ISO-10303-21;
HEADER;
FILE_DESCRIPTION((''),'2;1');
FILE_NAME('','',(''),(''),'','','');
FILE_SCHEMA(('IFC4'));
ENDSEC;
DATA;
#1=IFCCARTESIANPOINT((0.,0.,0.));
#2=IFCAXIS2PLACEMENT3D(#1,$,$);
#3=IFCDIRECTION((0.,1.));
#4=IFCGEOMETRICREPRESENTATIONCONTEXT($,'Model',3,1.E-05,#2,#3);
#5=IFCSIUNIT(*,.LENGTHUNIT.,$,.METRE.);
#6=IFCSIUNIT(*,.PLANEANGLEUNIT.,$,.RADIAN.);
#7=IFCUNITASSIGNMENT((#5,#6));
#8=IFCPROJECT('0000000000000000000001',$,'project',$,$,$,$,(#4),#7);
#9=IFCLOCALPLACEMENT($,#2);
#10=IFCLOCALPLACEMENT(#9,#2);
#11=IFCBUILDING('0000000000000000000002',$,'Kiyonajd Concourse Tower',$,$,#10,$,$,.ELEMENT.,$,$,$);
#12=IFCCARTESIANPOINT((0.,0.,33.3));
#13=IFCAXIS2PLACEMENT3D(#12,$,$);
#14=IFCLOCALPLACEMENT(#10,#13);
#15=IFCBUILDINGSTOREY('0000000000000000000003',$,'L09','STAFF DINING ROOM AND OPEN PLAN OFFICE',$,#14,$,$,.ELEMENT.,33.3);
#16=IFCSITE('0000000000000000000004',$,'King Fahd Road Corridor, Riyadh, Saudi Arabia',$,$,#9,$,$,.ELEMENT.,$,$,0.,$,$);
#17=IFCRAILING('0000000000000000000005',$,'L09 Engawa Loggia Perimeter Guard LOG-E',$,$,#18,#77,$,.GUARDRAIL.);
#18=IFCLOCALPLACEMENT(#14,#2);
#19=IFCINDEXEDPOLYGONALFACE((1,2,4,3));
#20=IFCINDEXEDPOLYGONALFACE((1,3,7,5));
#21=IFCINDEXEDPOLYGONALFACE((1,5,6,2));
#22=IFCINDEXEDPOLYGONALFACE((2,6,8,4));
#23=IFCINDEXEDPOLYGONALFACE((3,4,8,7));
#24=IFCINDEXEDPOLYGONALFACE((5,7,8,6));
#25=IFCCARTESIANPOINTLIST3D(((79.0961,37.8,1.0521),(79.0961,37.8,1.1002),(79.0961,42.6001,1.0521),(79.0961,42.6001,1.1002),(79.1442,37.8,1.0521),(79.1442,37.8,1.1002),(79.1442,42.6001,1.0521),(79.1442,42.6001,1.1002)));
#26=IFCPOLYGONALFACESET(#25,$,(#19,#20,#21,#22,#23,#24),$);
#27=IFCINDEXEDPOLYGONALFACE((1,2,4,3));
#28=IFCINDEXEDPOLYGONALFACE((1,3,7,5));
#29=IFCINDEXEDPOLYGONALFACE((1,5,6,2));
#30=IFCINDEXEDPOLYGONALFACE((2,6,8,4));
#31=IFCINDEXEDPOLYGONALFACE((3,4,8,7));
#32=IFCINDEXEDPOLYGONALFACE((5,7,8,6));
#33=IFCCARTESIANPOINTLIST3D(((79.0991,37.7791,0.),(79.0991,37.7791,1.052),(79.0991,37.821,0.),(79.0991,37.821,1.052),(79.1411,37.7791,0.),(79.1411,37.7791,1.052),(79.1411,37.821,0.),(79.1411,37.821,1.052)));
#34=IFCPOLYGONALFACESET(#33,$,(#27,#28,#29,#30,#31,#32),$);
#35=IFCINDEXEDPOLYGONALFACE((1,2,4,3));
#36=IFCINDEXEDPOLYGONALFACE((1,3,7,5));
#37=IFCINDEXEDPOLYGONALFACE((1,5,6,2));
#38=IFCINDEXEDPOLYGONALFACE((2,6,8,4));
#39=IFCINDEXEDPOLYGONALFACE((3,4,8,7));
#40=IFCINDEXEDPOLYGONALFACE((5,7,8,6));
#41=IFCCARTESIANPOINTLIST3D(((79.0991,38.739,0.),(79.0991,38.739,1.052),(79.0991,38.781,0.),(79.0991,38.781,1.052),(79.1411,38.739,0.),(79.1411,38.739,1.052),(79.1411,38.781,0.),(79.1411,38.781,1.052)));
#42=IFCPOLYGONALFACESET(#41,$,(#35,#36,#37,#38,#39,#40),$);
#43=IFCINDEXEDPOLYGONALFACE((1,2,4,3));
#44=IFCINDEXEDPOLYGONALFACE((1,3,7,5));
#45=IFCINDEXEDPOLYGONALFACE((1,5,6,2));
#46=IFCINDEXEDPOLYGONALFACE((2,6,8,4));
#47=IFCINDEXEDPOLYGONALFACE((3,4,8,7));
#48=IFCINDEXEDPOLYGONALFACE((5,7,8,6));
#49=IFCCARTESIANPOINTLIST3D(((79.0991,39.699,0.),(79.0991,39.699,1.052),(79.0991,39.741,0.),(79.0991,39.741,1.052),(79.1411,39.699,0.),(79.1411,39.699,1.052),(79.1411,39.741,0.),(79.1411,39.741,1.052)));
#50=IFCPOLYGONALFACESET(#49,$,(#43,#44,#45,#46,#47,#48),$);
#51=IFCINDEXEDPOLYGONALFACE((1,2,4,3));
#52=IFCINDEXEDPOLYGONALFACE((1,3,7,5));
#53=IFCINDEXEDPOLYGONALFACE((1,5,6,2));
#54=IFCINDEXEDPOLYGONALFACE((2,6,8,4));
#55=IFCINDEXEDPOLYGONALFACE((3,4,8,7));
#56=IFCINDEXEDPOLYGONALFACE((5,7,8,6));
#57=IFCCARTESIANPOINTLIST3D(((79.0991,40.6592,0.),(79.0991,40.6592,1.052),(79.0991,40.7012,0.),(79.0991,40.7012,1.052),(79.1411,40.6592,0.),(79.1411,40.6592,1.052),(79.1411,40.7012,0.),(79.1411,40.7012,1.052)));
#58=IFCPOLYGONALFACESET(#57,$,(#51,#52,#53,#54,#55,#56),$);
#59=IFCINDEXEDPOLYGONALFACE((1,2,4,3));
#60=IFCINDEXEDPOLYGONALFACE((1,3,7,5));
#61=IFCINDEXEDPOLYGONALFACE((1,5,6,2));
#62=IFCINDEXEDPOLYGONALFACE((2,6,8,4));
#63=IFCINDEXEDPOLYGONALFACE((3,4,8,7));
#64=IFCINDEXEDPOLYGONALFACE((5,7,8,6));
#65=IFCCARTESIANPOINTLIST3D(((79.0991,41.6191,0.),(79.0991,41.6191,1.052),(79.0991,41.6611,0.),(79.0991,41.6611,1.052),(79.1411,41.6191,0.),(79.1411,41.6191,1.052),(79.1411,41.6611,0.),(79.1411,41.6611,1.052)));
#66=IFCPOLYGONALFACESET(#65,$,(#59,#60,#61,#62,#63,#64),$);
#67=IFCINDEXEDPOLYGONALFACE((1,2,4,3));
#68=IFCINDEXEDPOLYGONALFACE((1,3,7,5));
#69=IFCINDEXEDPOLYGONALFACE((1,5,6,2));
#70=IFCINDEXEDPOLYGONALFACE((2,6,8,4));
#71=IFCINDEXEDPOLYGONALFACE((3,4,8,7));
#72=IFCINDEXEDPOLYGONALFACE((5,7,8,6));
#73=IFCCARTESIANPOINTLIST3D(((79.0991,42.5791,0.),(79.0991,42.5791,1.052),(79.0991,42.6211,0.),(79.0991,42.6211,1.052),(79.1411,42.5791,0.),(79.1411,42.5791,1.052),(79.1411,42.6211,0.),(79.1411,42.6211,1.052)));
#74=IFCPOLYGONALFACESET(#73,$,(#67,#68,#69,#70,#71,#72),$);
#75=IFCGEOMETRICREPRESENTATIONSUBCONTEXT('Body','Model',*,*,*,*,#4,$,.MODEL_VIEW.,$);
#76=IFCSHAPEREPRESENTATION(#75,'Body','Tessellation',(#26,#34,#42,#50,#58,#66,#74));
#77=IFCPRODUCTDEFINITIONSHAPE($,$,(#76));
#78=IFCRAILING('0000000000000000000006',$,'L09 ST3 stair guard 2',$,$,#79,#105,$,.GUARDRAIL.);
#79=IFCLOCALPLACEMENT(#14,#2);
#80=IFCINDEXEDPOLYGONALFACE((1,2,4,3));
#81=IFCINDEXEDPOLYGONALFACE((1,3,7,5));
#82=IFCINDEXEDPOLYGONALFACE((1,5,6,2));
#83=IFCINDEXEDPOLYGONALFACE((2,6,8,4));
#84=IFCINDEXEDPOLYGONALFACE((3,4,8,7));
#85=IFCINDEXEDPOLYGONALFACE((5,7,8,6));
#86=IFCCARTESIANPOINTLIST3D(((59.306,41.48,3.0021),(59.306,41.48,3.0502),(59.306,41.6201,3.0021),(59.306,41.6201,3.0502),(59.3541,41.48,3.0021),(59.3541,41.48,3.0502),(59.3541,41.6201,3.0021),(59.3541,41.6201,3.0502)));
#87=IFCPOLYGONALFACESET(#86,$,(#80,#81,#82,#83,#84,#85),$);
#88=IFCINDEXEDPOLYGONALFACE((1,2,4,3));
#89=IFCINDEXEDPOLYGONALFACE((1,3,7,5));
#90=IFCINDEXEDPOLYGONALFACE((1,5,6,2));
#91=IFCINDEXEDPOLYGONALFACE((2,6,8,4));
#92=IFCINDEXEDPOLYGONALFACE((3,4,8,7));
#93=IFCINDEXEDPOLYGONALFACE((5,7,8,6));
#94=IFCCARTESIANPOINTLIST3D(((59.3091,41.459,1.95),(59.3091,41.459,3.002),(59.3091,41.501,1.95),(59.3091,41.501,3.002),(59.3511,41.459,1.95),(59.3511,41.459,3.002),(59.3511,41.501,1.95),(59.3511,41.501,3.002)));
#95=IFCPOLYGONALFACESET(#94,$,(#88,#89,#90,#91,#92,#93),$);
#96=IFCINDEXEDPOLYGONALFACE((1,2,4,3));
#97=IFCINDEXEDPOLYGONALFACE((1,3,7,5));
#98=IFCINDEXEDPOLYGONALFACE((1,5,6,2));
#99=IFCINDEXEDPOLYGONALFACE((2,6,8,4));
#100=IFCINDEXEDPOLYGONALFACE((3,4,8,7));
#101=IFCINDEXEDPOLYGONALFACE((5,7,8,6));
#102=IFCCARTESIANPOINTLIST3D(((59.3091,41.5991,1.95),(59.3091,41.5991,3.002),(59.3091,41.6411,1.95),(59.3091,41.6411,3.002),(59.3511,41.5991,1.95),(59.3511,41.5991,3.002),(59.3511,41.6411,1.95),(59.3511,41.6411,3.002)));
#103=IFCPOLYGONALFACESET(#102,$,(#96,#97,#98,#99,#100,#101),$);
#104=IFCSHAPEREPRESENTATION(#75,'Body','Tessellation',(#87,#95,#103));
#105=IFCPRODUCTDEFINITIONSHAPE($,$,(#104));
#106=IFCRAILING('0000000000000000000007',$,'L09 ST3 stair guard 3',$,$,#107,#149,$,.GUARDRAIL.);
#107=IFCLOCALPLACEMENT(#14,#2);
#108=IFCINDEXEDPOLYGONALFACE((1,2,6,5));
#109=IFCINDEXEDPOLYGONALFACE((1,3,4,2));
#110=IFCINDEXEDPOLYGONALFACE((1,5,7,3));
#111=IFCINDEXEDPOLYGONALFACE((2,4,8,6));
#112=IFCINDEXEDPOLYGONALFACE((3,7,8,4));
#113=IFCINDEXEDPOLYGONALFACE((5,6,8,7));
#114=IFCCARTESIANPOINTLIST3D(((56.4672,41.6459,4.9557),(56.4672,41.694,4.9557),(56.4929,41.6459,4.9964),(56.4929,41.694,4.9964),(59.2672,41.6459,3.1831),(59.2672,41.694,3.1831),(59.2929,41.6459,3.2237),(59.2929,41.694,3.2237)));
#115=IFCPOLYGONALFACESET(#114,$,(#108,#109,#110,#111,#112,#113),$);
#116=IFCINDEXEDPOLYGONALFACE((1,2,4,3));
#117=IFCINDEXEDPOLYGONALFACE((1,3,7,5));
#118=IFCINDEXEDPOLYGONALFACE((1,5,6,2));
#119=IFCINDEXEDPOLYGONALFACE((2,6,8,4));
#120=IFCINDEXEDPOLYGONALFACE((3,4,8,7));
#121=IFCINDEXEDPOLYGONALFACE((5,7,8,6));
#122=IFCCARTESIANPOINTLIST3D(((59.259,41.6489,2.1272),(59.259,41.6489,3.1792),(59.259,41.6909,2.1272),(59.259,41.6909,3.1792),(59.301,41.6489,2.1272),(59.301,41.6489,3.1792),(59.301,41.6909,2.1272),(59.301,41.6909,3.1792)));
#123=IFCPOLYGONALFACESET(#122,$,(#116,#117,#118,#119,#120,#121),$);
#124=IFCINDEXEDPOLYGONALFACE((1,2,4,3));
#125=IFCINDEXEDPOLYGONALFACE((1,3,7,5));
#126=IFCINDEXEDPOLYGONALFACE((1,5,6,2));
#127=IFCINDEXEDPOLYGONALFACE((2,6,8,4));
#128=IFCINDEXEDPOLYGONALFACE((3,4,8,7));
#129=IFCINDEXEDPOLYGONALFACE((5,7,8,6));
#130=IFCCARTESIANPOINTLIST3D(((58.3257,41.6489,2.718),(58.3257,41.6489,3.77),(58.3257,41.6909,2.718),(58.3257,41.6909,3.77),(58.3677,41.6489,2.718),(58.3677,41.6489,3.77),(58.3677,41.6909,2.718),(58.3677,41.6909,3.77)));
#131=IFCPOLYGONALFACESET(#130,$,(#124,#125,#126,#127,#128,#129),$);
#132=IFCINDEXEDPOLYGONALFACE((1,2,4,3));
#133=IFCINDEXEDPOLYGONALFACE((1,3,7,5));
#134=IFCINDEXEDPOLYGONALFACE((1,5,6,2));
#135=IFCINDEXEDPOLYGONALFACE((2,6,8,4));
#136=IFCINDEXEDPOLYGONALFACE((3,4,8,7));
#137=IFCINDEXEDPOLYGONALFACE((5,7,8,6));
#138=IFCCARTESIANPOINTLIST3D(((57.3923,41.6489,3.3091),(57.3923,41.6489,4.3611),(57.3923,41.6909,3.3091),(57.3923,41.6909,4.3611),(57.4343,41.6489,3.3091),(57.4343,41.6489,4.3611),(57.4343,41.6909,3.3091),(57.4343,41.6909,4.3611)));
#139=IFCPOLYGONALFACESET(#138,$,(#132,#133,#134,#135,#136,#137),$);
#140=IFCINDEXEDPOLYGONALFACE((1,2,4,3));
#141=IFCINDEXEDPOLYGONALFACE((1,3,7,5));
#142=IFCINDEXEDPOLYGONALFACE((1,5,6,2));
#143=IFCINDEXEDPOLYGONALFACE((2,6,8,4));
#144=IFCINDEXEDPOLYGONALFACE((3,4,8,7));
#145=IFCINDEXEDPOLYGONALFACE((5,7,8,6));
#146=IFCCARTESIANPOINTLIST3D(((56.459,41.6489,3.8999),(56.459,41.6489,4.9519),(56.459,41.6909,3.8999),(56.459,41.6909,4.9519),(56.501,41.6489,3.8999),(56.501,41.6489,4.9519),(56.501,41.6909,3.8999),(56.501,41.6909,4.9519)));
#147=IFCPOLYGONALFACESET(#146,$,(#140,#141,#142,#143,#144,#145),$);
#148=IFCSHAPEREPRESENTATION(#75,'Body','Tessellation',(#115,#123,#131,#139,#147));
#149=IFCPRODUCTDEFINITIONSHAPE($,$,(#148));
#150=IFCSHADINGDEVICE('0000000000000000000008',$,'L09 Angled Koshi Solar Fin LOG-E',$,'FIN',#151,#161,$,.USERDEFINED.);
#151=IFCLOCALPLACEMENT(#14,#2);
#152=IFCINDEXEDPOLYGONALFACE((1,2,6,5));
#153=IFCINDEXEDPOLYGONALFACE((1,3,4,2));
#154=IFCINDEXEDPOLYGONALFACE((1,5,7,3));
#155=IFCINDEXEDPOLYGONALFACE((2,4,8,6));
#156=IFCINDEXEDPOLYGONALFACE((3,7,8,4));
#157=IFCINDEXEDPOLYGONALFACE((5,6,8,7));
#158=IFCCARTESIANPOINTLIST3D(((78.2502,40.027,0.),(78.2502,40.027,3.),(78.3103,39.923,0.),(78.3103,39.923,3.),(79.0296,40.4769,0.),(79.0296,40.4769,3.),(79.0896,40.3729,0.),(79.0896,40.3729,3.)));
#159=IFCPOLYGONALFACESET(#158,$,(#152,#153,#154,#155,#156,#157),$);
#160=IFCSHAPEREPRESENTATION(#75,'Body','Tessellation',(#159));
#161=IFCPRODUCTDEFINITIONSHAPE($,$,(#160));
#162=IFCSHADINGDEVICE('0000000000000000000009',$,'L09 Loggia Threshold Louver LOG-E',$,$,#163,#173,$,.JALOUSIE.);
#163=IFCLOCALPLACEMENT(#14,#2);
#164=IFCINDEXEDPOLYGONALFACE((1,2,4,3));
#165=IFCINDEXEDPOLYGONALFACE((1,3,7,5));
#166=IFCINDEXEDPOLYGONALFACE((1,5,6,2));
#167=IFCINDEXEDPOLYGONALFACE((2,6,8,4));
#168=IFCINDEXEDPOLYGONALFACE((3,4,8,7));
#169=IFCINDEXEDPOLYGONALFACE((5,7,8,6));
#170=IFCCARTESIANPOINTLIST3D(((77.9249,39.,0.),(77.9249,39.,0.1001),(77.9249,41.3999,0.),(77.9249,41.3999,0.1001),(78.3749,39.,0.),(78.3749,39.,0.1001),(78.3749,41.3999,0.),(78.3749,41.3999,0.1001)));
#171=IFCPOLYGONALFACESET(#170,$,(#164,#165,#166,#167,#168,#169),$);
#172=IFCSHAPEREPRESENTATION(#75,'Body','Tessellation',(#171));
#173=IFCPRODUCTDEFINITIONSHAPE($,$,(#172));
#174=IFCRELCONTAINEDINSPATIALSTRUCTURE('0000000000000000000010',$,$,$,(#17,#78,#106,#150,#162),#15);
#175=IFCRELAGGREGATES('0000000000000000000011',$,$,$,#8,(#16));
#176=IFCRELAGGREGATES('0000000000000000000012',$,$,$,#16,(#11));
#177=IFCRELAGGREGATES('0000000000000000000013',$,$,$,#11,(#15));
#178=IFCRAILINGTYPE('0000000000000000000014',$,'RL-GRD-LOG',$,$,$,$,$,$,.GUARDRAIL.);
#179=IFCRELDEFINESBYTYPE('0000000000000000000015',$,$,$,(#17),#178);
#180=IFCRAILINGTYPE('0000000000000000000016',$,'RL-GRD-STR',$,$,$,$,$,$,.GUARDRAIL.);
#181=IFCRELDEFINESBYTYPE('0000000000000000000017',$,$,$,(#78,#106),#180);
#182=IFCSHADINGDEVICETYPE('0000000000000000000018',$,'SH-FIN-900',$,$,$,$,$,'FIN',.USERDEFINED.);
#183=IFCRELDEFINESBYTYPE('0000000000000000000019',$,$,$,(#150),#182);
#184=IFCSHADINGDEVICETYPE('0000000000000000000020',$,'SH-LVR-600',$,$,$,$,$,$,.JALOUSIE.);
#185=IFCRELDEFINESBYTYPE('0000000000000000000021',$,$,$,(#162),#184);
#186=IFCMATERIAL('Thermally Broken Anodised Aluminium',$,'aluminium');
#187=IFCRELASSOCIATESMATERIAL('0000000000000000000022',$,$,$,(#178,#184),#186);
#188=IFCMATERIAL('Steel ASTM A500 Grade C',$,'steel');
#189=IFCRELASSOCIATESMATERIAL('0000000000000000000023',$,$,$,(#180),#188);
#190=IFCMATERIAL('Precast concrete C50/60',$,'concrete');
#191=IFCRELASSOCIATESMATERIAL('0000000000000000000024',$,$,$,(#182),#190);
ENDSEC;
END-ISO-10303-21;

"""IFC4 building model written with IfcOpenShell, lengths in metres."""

from ifc_helpers import new_model, si_unit, direction, frame, origin, origin_2d, place, context, subcontext, project, spatial, rectangle, extrude, material, type_object, element, save


model = new_model("IFC4")

# Units and contexts
model_context = context("Model", 3, precision=1e-05, world=origin(), true_north=direction((0.0, 1.0)))
body_context = subcontext(model_context, "Body", "Model", "MODEL_VIEW")
ifc_project = project(units=[si_unit("LENGTHUNIT", "METRE"), si_unit("PLANEANGLEUNIT", "RADIAN")], contexts=[model_context])

# Site, building, storey
site_placement = place(None, origin())
site = spatial("IfcSite", under=ifc_project, at=site_placement, Name="King Fahd Road Corridor, Riyadh, Saudi Arabia", CompositionType="ELEMENT", RefElevation=0.0)
building_placement = place(site_placement, origin())
building = spatial("IfcBuilding", under=site, at=building_placement, Name="Kiyonajd Concourse Tower", CompositionType="ELEMENT")
storey_placement = place(building_placement, frame((0.0, 0.0, 33.3)))
storey = spatial("IfcBuildingStorey", under=building, at=storey_placement, Name="L09", Description="STAFF DINING ROOM AND OPEN PLAN OFFICE", CompositionType="ELEMENT", Elevation=33.3)

# Shared definitions
ifc_material_1 = material(Name="Precast concrete C50/60", Category="concrete")

# Shared definitions
ifc_material_2 = material(Name="Thermally Broken Anodised Aluminium", Category="aluminium")

# Railings
railing_type_1 = type_object("IfcRailingType", Name="RL-GRD-LOG", PredefinedType="GUARDRAIL", material=ifc_material_2)
railing_1_placement = place(storey_placement, frame((79.1201, 37.8, 0.0)))
element("IfcRailing", 1, at=railing_1_placement, inside=storey, type_object=railing_type_1, Name="L09 Engawa Loggia Perimeter Guard LOG-E", PredefinedType="GUARDRAIL", context=body_context, shape_type="SweptSolid", body=[
    extrude(rectangle(XDim=0.0481, YDim=0.0481, at=origin_2d()), frame((0.0, 0.0, 1.0762), z_axis=(0.0, 1.0, 0.0), x_axis=(-1.0, 0.0, 0.0)), (0.0, 0.0, 1.0), 4.8),
    extrude(rectangle(XDim=0.042, YDim=0.042, at=origin_2d()), origin(), (0.0, 0.0, 1.0), 1.052),
    extrude(rectangle(XDim=0.042, YDim=0.042, at=origin_2d()), frame((0.0, 0.96, 0.0)), (0.0, 0.0, 1.0), 1.052),
    extrude(rectangle(XDim=0.042, YDim=0.042, at=origin_2d()), frame((0.0, 1.9199, 0.0)), (0.0, 0.0, 1.0), 1.052),
    extrude(rectangle(XDim=0.042, YDim=0.042, at=origin_2d()), frame((0.0, 2.8801, 0.0)), (0.0, 0.0, 1.0), 1.052),
    extrude(rectangle(XDim=0.042, YDim=0.042, at=origin_2d()), frame((0.0, 3.8401, 0.0)), (0.0, 0.0, 1.0), 1.052),
    extrude(rectangle(XDim=0.042, YDim=0.042, at=origin_2d()), frame((0.0, 4.8, 0.0)), (0.0, 0.0, 1.0), 1.052),
])
ifc_material_3 = material(Name="Steel ASTM A500 Grade C", Category="steel")
railing_type_2 = type_object("IfcRailingType", Name="RL-GRD-STR", PredefinedType="GUARDRAIL", material=ifc_material_3)
railing_2_placement = place(storey_placement, frame((59.3301, 41.48, 1.95)))
element("IfcRailing", 2, at=railing_2_placement, inside=storey, type_object=railing_type_2, Name="L09 ST3 stair guard 2", PredefinedType="GUARDRAIL", context=body_context, shape_type="SweptSolid", body=[
    extrude(rectangle(XDim=0.0481, YDim=0.0481, at=origin_2d()), frame((0.0, 0.0, 1.0762), z_axis=(0.0, 1.0, 0.0), x_axis=(-1.0, 0.0, 0.0)), (0.0, 0.0, 1.0), 0.1401),
    extrude(rectangle(XDim=0.042, YDim=0.042, at=origin_2d()), origin(), (0.0, 0.0, 1.0), 1.052),
    extrude(rectangle(XDim=0.042, YDim=0.042, at=origin_2d()), frame((0.0, 0.1401, 0.0)), (0.0, 0.0, 1.0), 1.052),
])
railing_3_placement = place(storey_placement, frame((59.28, 41.6699, 2.1272)))
element("IfcRailing", 3, at=railing_3_placement, inside=storey, type_object=railing_type_2, Name="L09 ST3 stair guard 3", PredefinedType="GUARDRAIL", context=body_context, shape_type="SweptSolid", body=[
    extrude(rectangle(XDim=0.0481, YDim=0.0481, at=origin_2d()), frame((0.0, 0.0, 1.0762), z_axis=(-0.844909, 0.0, 0.53491), x_axis=(0.0, -1.0, 0.0)), (0.0, 0.0, 1.0), 3.314),
    extrude(rectangle(XDim=0.042, YDim=0.042, at=origin_2d()), origin(), (0.0, 0.0, 1.0), 1.052),
    extrude(rectangle(XDim=0.042, YDim=0.042, at=origin_2d()), frame((-0.9333, 0.0, 0.5908)), (0.0, 0.0, 1.0), 1.052),
    extrude(rectangle(XDim=0.042, YDim=0.042, at=origin_2d()), frame((-1.8667, 0.0, 1.1819)), (0.0, 0.0, 1.0), 1.052),
    extrude(rectangle(XDim=0.042, YDim=0.042, at=origin_2d()), frame((-2.8, 0.0, 1.7727)), (0.0, 0.0, 1.0), 1.052),
])

# Shading devices
shading_device_type_1 = type_object("IfcShadingDeviceType", Name="SH-FIN-900", ElementType="FIN", PredefinedType="USERDEFINED", material=ifc_material_1)
shading_device_1_placement = place(storey_placement, frame((78.6699, 40.2, 0.0), z_axis=(0.0, 0.0, 1.0), x_axis=(0.866025, 0.5, 0.0)))
element("IfcShadingDevice", 4, at=shading_device_1_placement, inside=storey, type_object=shading_device_type_1, Name="L09 Angled Koshi Solar Fin LOG-E", ObjectType="FIN", PredefinedType="USERDEFINED", context=body_context, shape_type="SweptSolid", body=[
    extrude(rectangle(XDim=0.8999, YDim=0.1201, at=origin_2d()), origin(), (0.0, 0.0, 1.0), 3.0),
])
shading_device_type_2 = type_object("IfcShadingDeviceType", Name="SH-LVR-600", PredefinedType="JALOUSIE", material=ifc_material_2)
shading_device_2_placement = place(storey_placement, frame((78.1499, 40.2, 0.0), z_axis=(0.0, 0.0, 1.0), x_axis=(0.0, 1.0, 0.0)))
element("IfcShadingDevice", 5, at=shading_device_2_placement, inside=storey, type_object=shading_device_type_2, Name="L09 Loggia Threshold Louver LOG-E", PredefinedType="JALOUSIE", context=body_context, shape_type="SweptSolid", body=[
    extrude(rectangle(XDim=2.3999, YDim=0.45, at=origin_2d()), origin(), (0.0, 0.0, 1.0), 0.1001),
])

save(model, "model.ifc")
